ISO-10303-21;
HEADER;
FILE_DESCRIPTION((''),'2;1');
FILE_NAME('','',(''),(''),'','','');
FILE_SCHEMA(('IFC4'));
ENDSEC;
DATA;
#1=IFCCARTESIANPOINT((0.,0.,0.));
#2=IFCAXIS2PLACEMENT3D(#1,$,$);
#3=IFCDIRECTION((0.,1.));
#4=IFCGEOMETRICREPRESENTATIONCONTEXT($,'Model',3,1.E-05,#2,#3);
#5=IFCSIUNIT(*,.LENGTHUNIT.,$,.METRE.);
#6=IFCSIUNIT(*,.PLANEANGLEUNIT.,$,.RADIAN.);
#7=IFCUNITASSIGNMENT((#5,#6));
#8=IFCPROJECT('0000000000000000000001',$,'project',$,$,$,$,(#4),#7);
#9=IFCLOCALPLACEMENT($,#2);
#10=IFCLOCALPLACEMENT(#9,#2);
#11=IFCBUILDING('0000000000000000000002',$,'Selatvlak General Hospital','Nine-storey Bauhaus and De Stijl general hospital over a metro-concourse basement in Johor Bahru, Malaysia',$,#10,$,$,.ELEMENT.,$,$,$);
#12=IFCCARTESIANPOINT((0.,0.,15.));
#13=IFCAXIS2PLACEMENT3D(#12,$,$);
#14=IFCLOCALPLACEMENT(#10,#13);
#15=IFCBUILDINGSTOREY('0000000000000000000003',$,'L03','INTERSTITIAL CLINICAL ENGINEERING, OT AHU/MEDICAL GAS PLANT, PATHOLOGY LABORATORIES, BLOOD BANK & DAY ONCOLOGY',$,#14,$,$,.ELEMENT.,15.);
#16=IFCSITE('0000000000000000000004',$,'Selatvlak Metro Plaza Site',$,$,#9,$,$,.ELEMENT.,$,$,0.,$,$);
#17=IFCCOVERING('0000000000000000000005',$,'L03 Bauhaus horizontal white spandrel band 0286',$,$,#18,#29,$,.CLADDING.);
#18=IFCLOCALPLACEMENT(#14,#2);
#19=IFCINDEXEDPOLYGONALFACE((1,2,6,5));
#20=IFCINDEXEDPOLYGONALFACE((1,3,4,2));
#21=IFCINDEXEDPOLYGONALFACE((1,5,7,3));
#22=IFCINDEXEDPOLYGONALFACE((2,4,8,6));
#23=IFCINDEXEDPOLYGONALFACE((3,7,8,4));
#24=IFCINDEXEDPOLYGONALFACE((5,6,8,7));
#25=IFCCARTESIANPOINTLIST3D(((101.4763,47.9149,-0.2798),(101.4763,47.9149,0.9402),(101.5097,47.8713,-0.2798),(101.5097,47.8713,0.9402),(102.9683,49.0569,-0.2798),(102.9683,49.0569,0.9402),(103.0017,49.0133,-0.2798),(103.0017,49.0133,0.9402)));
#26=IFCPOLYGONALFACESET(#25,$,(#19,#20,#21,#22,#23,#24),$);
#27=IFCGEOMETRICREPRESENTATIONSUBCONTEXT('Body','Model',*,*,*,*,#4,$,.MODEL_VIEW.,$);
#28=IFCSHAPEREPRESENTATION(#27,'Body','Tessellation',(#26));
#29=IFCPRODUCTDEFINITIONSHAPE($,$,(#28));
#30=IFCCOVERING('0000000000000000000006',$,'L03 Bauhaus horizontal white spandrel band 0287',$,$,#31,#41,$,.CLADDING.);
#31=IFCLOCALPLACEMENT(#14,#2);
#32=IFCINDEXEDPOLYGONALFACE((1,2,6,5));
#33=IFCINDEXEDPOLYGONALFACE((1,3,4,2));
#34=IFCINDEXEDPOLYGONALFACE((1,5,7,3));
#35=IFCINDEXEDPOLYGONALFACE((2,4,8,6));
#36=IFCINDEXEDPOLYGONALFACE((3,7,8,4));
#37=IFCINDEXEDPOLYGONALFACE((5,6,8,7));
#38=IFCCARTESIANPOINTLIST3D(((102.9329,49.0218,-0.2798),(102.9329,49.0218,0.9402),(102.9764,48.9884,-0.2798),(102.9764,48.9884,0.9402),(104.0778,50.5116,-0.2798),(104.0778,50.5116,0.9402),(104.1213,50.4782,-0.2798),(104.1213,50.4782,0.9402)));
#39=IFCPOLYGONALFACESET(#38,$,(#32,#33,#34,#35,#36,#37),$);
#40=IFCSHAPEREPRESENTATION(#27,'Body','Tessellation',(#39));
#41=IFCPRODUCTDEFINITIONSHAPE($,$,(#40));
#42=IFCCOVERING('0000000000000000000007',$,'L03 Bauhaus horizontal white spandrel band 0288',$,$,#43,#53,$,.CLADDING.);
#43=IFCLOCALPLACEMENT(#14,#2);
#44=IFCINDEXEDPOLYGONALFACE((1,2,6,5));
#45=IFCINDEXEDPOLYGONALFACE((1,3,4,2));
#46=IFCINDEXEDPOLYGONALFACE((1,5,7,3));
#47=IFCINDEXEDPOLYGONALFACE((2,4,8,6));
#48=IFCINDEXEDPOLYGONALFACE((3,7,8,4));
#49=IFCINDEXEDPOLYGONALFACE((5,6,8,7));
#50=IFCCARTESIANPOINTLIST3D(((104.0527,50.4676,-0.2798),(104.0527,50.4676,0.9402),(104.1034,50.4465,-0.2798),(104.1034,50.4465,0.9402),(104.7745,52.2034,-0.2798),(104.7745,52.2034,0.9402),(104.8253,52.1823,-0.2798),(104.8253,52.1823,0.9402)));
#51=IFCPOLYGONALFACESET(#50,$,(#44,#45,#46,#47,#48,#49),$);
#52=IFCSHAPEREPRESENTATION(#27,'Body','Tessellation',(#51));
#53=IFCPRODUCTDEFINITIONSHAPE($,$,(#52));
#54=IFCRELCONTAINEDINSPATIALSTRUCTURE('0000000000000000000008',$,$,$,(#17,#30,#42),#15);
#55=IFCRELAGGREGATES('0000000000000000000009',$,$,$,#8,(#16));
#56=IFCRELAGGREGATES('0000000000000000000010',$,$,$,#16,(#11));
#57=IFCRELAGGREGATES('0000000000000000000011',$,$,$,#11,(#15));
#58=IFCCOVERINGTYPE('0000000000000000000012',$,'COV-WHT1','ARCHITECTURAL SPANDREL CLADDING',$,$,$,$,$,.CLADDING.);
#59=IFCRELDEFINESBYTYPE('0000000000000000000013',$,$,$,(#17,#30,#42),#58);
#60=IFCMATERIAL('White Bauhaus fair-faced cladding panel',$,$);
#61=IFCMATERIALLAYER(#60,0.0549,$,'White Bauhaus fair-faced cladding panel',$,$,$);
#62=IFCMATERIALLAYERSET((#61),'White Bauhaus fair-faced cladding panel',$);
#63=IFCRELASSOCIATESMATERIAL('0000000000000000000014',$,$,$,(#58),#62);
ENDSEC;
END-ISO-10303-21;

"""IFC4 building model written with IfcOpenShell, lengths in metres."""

from ifc_helpers import new_model, si_unit, direction, frame, origin, origin_2d, place, context, subcontext, project, spatial, rectangle, extrude, material, layer, layer_set, type_object, element, save


model = new_model("IFC4")

# Units and contexts
model_context = context("Model", 3, precision=1e-05, world=origin(), true_north=direction((0.0, 1.0)))
body_context = subcontext(model_context, "Body", "Model", "MODEL_VIEW")
ifc_project = project(units=[si_unit("LENGTHUNIT", "METRE"), si_unit("PLANEANGLEUNIT", "RADIAN")], contexts=[model_context])

# Site, building, storey
site_placement = place(None, origin())
site = spatial("IfcSite", under=ifc_project, at=site_placement, Name="Selatvlak Metro Plaza Site", CompositionType="ELEMENT", RefElevation=0.0)
building_placement = place(site_placement, origin())
building = spatial("IfcBuilding", under=site, at=building_placement, Name="Selatvlak General Hospital", Description="Nine-storey Bauhaus and De Stijl general hospital over a metro-concourse basement in Johor Bahru, Malaysia", CompositionType="ELEMENT")
storey_placement = place(building_placement, frame((0.0, 0.0, 15.0)))
storey = spatial("IfcBuildingStorey", under=building, at=storey_placement, Name="L03", Description="INTERSTITIAL CLINICAL ENGINEERING, OT AHU/MEDICAL GAS PLANT, PATHOLOGY LABORATORIES, BLOOD BANK & DAY ONCOLOGY", CompositionType="ELEMENT", Elevation=15.0)

# Coverings
ifc_material_1 = material(Name="White Bauhaus fair-faced cladding panel")
ifc_layer_1 = layer(ifc_material_1, 0.0549, Name="White Bauhaus fair-faced cladding panel")
ifc_layer_set_1 = layer_set([ifc_layer_1], Name="White Bauhaus fair-faced cladding panel")
covering_type_1 = type_object("IfcCoveringType", Name="COV-WHT1", Description="ARCHITECTURAL SPANDREL CLADDING", PredefinedType="CLADDING", material=ifc_layer_set_1)
for number, where, z_axis, x_axis, name in (
    (1, (102.239, 48.4641, -0.2798), (0.0, 0.0, 1.0), (0.794086, 0.607806, 0.0), "L03 Bauhaus horizontal white spandrel band 0286"),
    (2, (103.5271, 49.75, -0.2798), (0.0, 0.0, 1.0), (0.609329, 0.792918, 0.0), "L03 Bauhaus horizontal white spandrel band 0287"),
):
    element("IfcCovering", number, at=place(storey_placement, frame(where, z_axis=z_axis, x_axis=x_axis)), inside=storey, type_object=covering_type_1, Name=name, PredefinedType="CLADDING", context=body_context, shape_type="SweptSolid", body=[
        extrude(rectangle(XDim=1.8789, YDim=0.0549, at=origin_2d()), origin(), (0.0, 0.0, 1.0), 1.22),
    ])
covering_1_placement = place(storey_placement, frame((104.439, 51.325, -0.2798), z_axis=(0.0, 0.0, 1.0), x_axis=(0.384005, 0.923331, 0.0)))
element("IfcCovering", 3, at=covering_1_placement, inside=storey, type_object=covering_type_1, Name="L03 Bauhaus horizontal white spandrel band 0288", PredefinedType="CLADDING", context=body_context, shape_type="SweptSolid", body=[
    extrude(rectangle(XDim=1.8799, YDim=0.0549, at=origin_2d()), origin(), (0.0, 0.0, 1.0), 1.22),
])

save(model, "model.ifc")
